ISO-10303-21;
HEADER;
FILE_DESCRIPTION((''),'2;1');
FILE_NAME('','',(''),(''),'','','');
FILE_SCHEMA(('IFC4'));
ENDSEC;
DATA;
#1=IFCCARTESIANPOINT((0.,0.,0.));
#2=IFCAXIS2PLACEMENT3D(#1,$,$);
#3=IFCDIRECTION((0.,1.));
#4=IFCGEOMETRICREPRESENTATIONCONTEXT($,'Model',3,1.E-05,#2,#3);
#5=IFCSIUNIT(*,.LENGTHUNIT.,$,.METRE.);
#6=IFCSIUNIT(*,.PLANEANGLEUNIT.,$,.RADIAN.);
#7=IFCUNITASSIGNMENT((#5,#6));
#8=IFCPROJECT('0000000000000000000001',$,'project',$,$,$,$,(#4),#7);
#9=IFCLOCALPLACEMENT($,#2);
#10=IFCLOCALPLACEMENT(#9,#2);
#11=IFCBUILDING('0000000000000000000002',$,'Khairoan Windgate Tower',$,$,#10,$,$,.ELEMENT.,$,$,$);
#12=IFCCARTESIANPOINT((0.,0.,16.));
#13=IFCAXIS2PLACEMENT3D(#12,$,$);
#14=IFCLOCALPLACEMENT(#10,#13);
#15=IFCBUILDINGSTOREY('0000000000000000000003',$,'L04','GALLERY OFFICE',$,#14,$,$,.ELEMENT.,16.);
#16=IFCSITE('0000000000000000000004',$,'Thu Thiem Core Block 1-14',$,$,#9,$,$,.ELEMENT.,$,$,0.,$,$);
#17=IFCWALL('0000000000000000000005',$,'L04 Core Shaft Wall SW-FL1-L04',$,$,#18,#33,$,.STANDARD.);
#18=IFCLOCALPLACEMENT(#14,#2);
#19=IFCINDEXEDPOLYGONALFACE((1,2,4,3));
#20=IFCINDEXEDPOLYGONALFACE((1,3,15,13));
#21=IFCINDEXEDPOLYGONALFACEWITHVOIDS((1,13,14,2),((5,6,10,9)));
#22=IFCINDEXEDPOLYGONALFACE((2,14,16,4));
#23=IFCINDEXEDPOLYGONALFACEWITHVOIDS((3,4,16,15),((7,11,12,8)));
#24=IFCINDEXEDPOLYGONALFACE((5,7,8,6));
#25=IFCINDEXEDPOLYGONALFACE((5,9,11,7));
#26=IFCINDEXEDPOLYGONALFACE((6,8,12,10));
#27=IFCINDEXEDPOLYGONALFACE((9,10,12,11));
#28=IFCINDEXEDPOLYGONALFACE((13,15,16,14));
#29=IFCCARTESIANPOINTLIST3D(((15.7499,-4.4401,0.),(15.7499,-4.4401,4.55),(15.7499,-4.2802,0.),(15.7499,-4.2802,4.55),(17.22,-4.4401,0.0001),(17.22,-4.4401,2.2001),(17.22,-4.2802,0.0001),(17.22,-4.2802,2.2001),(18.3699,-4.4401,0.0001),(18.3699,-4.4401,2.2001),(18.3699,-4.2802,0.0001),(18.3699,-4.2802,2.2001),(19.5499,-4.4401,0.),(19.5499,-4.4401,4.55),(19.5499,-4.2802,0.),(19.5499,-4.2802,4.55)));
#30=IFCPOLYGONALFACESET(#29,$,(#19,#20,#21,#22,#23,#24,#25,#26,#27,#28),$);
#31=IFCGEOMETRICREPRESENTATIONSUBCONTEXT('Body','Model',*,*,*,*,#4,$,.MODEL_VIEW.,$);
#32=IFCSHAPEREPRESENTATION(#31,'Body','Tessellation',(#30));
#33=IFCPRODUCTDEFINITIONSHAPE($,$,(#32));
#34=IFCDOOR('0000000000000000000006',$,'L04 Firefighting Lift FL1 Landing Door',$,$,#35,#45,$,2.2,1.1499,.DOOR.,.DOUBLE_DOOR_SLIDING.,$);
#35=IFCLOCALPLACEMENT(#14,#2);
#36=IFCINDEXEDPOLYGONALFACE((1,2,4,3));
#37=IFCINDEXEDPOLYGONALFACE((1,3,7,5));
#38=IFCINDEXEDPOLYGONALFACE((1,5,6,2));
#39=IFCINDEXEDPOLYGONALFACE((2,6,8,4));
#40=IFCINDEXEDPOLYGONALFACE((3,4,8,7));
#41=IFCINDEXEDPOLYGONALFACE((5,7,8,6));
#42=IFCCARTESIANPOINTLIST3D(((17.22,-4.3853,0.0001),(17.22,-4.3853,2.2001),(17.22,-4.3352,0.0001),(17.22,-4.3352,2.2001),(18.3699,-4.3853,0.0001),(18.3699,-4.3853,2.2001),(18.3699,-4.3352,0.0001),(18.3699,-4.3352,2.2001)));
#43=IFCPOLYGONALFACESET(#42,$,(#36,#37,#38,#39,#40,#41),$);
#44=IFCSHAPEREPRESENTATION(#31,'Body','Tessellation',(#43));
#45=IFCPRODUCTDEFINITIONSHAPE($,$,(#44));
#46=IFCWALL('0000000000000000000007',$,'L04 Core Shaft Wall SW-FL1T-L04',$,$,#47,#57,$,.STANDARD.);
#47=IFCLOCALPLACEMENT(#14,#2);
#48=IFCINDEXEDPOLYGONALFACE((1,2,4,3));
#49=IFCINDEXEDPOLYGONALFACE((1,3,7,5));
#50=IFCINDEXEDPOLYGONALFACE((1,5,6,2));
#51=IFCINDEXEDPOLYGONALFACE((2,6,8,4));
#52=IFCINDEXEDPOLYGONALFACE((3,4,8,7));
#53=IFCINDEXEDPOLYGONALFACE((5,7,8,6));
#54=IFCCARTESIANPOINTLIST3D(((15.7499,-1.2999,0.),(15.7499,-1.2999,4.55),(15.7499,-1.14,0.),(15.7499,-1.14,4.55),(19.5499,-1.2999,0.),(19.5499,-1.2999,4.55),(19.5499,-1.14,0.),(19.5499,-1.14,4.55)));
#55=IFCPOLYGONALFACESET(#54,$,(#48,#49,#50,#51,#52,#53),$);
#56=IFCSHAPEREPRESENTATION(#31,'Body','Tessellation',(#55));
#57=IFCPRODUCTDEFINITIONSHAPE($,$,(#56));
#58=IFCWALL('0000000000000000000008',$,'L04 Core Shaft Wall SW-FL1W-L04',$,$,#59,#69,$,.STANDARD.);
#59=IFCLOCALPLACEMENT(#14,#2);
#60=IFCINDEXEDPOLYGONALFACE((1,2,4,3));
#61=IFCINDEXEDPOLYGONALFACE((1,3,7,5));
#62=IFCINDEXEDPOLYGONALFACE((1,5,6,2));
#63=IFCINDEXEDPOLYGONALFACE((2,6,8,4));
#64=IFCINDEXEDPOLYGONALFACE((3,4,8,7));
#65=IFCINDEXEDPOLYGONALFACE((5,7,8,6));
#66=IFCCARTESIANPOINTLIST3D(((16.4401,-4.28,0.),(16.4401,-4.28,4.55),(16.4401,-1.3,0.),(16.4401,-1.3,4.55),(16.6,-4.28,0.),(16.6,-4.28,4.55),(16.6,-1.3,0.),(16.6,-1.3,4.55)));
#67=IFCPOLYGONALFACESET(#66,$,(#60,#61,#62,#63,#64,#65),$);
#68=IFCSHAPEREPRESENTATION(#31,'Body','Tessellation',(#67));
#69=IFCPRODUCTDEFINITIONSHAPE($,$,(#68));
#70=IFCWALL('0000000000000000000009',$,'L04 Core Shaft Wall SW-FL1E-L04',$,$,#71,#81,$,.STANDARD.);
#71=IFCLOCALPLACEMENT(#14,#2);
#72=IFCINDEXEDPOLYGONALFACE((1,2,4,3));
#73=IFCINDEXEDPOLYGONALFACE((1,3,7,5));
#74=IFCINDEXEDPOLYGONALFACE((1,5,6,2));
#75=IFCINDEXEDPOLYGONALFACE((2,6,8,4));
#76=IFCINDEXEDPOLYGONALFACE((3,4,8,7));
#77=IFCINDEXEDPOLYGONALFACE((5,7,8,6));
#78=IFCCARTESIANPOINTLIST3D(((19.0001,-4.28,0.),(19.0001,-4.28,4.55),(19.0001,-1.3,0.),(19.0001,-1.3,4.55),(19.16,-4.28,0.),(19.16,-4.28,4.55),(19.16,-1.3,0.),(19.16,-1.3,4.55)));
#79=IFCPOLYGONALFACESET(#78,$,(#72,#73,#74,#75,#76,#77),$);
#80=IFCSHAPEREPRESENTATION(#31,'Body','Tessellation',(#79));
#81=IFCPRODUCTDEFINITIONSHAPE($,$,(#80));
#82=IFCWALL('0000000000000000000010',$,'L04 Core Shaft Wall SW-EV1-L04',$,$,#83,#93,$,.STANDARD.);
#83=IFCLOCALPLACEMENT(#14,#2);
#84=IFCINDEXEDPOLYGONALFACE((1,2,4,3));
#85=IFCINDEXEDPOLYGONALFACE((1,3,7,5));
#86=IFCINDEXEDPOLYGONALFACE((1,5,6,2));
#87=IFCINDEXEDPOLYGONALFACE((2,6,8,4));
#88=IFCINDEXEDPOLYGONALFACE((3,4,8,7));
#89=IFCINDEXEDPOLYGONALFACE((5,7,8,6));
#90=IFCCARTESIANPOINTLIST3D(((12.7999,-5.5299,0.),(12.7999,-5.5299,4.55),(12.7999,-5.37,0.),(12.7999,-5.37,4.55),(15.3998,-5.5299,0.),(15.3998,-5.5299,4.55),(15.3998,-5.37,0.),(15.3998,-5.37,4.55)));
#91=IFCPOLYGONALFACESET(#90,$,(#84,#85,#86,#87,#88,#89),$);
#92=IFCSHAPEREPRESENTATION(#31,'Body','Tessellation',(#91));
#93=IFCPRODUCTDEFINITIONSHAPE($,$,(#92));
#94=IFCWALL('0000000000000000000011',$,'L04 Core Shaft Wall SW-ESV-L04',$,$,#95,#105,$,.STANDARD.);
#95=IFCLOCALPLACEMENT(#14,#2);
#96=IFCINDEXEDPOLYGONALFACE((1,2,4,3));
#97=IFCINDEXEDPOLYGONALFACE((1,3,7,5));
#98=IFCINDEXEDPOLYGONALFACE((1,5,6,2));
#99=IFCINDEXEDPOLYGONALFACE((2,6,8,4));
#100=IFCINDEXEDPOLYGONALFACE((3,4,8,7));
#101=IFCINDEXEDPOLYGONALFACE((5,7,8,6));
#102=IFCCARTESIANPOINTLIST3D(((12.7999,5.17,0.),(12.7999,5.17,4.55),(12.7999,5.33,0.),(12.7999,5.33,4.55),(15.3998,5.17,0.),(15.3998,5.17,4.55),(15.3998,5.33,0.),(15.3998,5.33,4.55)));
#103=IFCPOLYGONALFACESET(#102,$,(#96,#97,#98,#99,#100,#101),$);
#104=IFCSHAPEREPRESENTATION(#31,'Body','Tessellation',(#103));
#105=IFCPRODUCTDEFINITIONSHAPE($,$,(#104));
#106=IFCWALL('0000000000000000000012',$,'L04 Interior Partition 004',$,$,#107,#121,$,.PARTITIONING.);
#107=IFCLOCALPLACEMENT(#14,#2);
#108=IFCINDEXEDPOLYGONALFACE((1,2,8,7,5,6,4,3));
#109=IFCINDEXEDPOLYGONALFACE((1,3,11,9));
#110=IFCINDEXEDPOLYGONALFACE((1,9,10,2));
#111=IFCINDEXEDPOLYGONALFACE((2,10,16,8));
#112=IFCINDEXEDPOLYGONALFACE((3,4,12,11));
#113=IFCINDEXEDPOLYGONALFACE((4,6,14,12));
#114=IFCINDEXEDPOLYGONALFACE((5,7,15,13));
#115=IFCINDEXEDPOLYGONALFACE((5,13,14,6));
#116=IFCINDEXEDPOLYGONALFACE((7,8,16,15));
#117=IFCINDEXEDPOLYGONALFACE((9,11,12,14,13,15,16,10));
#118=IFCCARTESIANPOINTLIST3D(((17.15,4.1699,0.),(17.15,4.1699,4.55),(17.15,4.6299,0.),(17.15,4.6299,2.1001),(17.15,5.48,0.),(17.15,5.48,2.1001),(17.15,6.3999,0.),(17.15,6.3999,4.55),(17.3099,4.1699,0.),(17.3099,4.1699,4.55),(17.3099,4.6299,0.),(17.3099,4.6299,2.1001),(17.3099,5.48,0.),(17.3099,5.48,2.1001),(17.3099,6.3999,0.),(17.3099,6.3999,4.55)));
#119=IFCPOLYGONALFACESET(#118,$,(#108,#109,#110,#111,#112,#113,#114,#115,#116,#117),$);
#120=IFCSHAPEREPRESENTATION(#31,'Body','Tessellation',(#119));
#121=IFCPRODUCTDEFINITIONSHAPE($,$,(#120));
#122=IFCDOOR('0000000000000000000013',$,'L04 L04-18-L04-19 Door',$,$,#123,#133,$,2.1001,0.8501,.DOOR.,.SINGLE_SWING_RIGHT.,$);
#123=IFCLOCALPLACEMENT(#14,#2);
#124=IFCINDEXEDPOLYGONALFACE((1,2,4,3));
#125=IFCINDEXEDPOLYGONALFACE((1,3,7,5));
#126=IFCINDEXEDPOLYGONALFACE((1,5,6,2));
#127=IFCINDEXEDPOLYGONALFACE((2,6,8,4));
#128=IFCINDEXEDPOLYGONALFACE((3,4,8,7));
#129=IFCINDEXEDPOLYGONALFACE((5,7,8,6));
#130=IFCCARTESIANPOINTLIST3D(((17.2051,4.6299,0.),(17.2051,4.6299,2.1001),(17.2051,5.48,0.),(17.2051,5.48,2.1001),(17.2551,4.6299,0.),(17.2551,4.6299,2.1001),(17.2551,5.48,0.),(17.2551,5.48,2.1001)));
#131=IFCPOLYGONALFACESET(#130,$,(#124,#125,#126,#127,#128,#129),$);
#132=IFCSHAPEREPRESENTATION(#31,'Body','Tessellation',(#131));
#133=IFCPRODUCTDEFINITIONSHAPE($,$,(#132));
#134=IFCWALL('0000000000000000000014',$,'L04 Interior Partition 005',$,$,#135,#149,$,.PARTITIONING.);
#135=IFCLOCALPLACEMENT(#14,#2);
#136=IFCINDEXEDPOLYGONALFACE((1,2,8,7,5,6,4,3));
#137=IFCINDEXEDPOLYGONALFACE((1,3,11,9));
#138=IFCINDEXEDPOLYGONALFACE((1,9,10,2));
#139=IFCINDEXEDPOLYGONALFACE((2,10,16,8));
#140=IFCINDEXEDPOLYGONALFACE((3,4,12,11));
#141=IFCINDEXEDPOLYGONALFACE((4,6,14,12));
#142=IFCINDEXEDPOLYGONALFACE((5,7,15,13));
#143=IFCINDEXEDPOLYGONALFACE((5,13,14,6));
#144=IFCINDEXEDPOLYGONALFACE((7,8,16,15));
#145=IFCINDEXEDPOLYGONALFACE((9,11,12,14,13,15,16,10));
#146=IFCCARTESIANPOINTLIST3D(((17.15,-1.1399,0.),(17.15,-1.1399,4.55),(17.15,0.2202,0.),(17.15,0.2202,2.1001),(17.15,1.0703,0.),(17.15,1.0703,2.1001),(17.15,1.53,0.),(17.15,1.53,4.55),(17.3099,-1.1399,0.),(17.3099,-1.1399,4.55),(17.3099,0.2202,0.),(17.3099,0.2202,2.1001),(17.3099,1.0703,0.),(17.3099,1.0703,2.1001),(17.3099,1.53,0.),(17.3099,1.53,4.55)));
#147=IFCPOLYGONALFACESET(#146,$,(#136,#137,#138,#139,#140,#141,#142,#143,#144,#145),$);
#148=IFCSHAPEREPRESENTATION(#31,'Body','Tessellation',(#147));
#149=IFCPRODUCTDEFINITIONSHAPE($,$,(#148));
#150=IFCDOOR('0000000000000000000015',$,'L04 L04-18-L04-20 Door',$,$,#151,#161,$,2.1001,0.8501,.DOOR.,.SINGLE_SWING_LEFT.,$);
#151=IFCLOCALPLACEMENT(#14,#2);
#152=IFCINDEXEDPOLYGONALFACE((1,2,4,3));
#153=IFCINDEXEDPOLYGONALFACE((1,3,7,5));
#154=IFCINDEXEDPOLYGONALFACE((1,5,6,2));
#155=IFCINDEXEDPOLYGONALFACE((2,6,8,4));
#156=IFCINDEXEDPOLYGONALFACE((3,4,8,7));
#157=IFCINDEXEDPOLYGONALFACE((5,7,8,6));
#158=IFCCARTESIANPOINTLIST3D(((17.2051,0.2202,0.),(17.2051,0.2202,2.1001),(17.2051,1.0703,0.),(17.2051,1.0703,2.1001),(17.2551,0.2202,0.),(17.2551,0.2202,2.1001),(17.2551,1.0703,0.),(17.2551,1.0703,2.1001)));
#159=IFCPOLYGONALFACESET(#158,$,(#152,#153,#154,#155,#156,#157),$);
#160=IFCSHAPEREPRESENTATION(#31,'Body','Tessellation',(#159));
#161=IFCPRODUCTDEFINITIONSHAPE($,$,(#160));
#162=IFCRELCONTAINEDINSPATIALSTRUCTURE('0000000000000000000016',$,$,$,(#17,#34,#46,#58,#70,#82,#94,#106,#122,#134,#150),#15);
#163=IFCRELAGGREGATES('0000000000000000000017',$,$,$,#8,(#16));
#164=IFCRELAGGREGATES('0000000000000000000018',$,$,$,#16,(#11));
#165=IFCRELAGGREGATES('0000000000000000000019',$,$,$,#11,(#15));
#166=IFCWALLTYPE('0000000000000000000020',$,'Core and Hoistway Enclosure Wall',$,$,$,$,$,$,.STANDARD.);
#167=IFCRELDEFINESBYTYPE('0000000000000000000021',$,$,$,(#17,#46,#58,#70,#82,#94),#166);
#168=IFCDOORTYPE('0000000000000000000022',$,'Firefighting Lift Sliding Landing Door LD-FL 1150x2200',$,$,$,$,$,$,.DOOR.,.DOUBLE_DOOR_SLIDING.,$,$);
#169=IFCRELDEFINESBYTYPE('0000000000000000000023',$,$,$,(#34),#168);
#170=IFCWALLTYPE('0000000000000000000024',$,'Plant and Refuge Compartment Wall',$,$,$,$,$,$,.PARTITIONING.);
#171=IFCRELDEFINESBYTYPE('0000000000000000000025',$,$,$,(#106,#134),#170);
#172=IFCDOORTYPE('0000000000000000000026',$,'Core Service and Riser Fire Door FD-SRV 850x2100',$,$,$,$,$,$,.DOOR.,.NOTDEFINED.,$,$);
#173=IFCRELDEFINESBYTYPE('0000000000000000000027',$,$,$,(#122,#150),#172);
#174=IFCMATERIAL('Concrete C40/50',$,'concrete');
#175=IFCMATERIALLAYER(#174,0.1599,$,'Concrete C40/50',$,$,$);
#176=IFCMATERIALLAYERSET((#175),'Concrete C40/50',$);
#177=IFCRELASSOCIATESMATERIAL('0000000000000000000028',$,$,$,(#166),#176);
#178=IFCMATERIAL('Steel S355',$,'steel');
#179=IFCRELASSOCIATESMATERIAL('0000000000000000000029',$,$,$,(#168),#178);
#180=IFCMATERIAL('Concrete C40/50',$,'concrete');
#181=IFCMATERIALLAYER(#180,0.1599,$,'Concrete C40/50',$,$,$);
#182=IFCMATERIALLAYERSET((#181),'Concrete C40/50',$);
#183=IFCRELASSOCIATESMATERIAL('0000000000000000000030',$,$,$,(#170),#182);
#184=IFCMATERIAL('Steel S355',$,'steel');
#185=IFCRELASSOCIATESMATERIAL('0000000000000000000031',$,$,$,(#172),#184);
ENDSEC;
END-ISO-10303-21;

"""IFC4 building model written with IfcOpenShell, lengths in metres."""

from ifc_helpers import new_model, si_unit, direction, frame, frame_2d, origin, place, context, subcontext, project, spatial, rectangle, extrude, material, layer, layer_set, type_object, element, fill, save


model = new_model("IFC4")

# Units and contexts
model_context = context("Model", 3, precision=1e-05, world=origin(), true_north=direction((0.0, 1.0)))
body_context = subcontext(model_context, "Body", "Model", "MODEL_VIEW")
ifc_project = project(units=[si_unit("LENGTHUNIT", "METRE"), si_unit("PLANEANGLEUNIT", "RADIAN")], contexts=[model_context])

# Site, building, storey
site_placement = place(None, origin())
site = spatial("IfcSite", under=ifc_project, at=site_placement, Name="Thu Thiem Core Block 1-14", CompositionType="ELEMENT", RefElevation=0.0)
building_placement = place(site_placement, origin())
building = spatial("IfcBuilding", under=site, at=building_placement, Name="Khairoan Windgate Tower", CompositionType="ELEMENT")
storey_placement = place(building_placement, frame((0.0, 0.0, 16.0)))
storey = spatial("IfcBuildingStorey", under=building, at=storey_placement, Name="L04", Description="GALLERY OFFICE", CompositionType="ELEMENT", Elevation=16.0)

# Shared definitions
ifc_material_1 = material(Name="Concrete C40/50", Category="concrete")
ifc_layer_1 = layer(ifc_material_1, 0.1599, Name="Concrete C40/50")
ifc_layer_set_1 = layer_set([ifc_layer_1], Name="Concrete C40/50")
wall_type_1 = type_object("IfcWallType", Name="Core and Hoistway Enclosure Wall", PredefinedType="STANDARD", material=ifc_layer_set_1)

# Wall, opening, door
wall_1_placement = place(storey_placement, frame((15.75, -4.3601, 0.0), z_axis=(0.0, 0.0, 1.0), x_axis=(1.0, 0.0, 0.0)))
wall_1 = element("IfcWall", 1, at=wall_1_placement, inside=storey, type_object=wall_type_1, Name="L04 Core Shaft Wall SW-FL1-L04", PredefinedType="STANDARD", context=body_context, shape_type="SweptSolid", body=[
    extrude(rectangle(XDim=3.8, YDim=0.1599, at=frame_2d((1.8999, 0.0))), origin(), (0.0, 0.0, 1.0), 4.55),
])
opening_1_placement = place(wall_1_placement, frame((1.47, 0.0, 0.0)))
opening_1 = element("IfcOpeningElement", 2, at=opening_1_placement, cuts=wall_1, PredefinedType="OPENING", context=body_context, shape_type="SweptSolid", body=[
    extrude(rectangle(XDim=1.1499, YDim=2.2, at=frame_2d((0.575, 1.1001))), frame((0.0, 0.0898, 0.0), z_axis=(0.0, -1.0, 0.0), x_axis=(1.0, 0.0, 0.0)), (0.0, 0.0, 1.0), 0.1799),
])
ifc_material_2 = material(Name="Steel S355", Category="steel")
door_type_1 = type_object("IfcDoorType", Name="Firefighting Lift Sliding Landing Door LD-FL 1150x2200", OperationType="DOUBLE_DOOR_SLIDING", PredefinedType="DOOR", material=ifc_material_2)
door_1_placement = place(opening_1_placement, origin())
door_1 = element("IfcDoor", 3, at=door_1_placement, inside=storey, type_object=door_type_1, Name="L04 Firefighting Lift FL1 Landing Door", OperationType="DOUBLE_DOOR_SLIDING", OverallHeight=2.2, OverallWidth=1.1499, PredefinedType="DOOR", context=body_context, shape_type="SweptSolid", body=[
    extrude(rectangle(XDim=1.1499, YDim=2.2, at=frame_2d((0.575, 1.1001))), frame((0.0, 0.0249, 0.0), z_axis=(0.0, -1.0, 0.0), x_axis=(1.0, 0.0, 0.0)), (0.0, 0.0, 1.0), 0.05),
])
fill(opening_1, door_1)

# Walls
wall_2_placement = place(storey_placement, frame((15.75, -1.22, 0.0), z_axis=(0.0, 0.0, 1.0), x_axis=(1.0, 0.0, 0.0)))
element("IfcWall", 4, at=wall_2_placement, inside=storey, type_object=wall_type_1, Name="L04 Core Shaft Wall SW-FL1T-L04", PredefinedType="STANDARD", context=body_context, shape_type="SweptSolid", body=[
    extrude(rectangle(XDim=3.8, YDim=0.1599, at=frame_2d((1.8999, 0.0))), origin(), (0.0, 0.0, 1.0), 4.55),
])
for number, where, z_axis, x_axis, name in (
    (5, (16.52, -4.28, 0.0), (0.0, 0.0, 1.0), (0.0, 1.0, 0.0), "L04 Core Shaft Wall SW-FL1W-L04"),
    (6, (19.0801, -4.28, 0.0), (0.0, 0.0, 1.0), (0.0, 1.0, 0.0), "L04 Core Shaft Wall SW-FL1E-L04"),
):
    element("IfcWall", number, at=place(storey_placement, frame(where, z_axis=z_axis, x_axis=x_axis)), inside=storey, type_object=wall_type_1, Name=name, PredefinedType="STANDARD", context=body_context, shape_type="SweptSolid", body=[
        extrude(rectangle(XDim=2.98, YDim=0.1599, at=frame_2d((1.49, 0.0))), origin(), (0.0, 0.0, 1.0), 4.55),
    ])
for number, where, z_axis, x_axis, name in (
    (7, (12.8, -5.45, 0.0), (0.0, 0.0, 1.0), (1.0, 0.0, 0.0), "L04 Core Shaft Wall SW-EV1-L04"),
    (8, (12.8, 5.25, 0.0), (0.0, 0.0, 1.0), (1.0, 0.0, 0.0), "L04 Core Shaft Wall SW-ESV-L04"),
):
    element("IfcWall", number, at=place(storey_placement, frame(where, z_axis=z_axis, x_axis=x_axis)), inside=storey, type_object=wall_type_1, Name=name, PredefinedType="STANDARD", context=body_context, shape_type="SweptSolid", body=[
        extrude(rectangle(XDim=2.5999, YDim=0.1599, at=frame_2d((1.2998, 0.0))), origin(), (0.0, 0.0, 1.0), 4.55),
    ])

# Walls, openings, doors
ifc_material_3 = material(Name="Concrete C40/50", Category="concrete")
ifc_layer_2 = layer(ifc_material_3, 0.1599, Name="Concrete C40/50")
ifc_layer_set_2 = layer_set([ifc_layer_2], Name="Concrete C40/50")
wall_type_2 = type_object("IfcWallType", Name="Plant and Refuge Compartment Wall", PredefinedType="PARTITIONING", material=ifc_layer_set_2)
wall_3_placement = place(storey_placement, frame((17.23, 4.1699, 0.0), z_axis=(0.0, 0.0, 1.0), x_axis=(0.0, 1.0, 0.0)))
wall_3 = element("IfcWall", 9, at=wall_3_placement, inside=storey, type_object=wall_type_2, Name="L04 Interior Partition 004", PredefinedType="PARTITIONING", context=body_context, shape_type="SweptSolid", body=[
    extrude(rectangle(XDim=2.23, YDim=0.1599, at=frame_2d((1.115, 0.0))), origin(), (0.0, 0.0, 1.0), 4.55),
])
opening_2_placement = place(wall_3_placement, frame((0.46, 0.0, 0.0)))
opening_2 = element("IfcOpeningElement", 10, at=opening_2_placement, cuts=wall_3, PredefinedType="OPENING", context=body_context, shape_type="SweptSolid", body=[
    extrude(rectangle(XDim=0.8501, YDim=2.1001, at=frame_2d((0.425, 1.05))), frame((0.0, 0.0898, 0.0), z_axis=(0.0, -1.0, 0.0), x_axis=(1.0, 0.0, 0.0)), (0.0, 0.0, 1.0), 0.1799),
])
ifc_material_4 = material(Name="Steel S355", Category="steel")
door_type_2 = type_object("IfcDoorType", Name="Core Service and Riser Fire Door FD-SRV 850x2100", OperationType="NOTDEFINED", PredefinedType="DOOR", material=ifc_material_4)
door_2_placement = place(opening_2_placement, origin())
door_2 = element("IfcDoor", 11, at=door_2_placement, inside=storey, type_object=door_type_2, Name="L04 L04-18-L04-19 Door", OperationType="SINGLE_SWING_RIGHT", OverallHeight=2.1001, OverallWidth=0.8501, PredefinedType="DOOR", context=body_context, shape_type="SweptSolid", body=[
    extrude(rectangle(XDim=0.8501, YDim=2.1001, at=frame_2d((0.425, 1.05))), frame((0.0, 0.0249, 0.0), z_axis=(0.0, -1.0, 0.0), x_axis=(1.0, 0.0, 0.0)), (0.0, 0.0, 1.0), 0.05),
])
fill(opening_2, door_2)
wall_4_placement = place(storey_placement, frame((17.23, -1.1399, 0.0), z_axis=(0.0, 0.0, 1.0), x_axis=(0.0, 1.0, 0.0)))
wall_4 = element("IfcWall", 12, at=wall_4_placement, inside=storey, type_object=wall_type_2, Name="L04 Interior Partition 005", PredefinedType="PARTITIONING", context=body_context, shape_type="SweptSolid", body=[
    extrude(rectangle(XDim=2.6699, YDim=0.1599, at=frame_2d((1.335, 0.0))), origin(), (0.0, 0.0, 1.0), 4.55),
])
opening_3_placement = place(wall_4_placement, frame((1.3601, 0.0, 0.0)))
opening_3 = element("IfcOpeningElement", 13, at=opening_3_placement, cuts=wall_4, PredefinedType="OPENING", context=body_context, shape_type="SweptSolid", body=[
    extrude(rectangle(XDim=0.8501, YDim=2.1001, at=frame_2d((0.425, 1.05))), frame((0.0, 0.0898, 0.0), z_axis=(0.0, -1.0, 0.0), x_axis=(1.0, 0.0, 0.0)), (0.0, 0.0, 1.0), 0.1799),
])
door_3_placement = place(opening_3_placement, origin())
door_3 = element("IfcDoor", 14, at=door_3_placement, inside=storey, type_object=door_type_2, Name="L04 L04-18-L04-20 Door", OperationType="SINGLE_SWING_LEFT", OverallHeight=2.1001, OverallWidth=0.8501, PredefinedType="DOOR", context=body_context, shape_type="SweptSolid", body=[
    extrude(rectangle(XDim=0.8501, YDim=2.1001, at=frame_2d((0.425, 1.05))), frame((0.0, 0.0249, 0.0), z_axis=(0.0, -1.0, 0.0), x_axis=(1.0, 0.0, 0.0)), (0.0, 0.0, 1.0), 0.05),
])
fill(opening_3, door_3)

save(model, "model.ifc")
